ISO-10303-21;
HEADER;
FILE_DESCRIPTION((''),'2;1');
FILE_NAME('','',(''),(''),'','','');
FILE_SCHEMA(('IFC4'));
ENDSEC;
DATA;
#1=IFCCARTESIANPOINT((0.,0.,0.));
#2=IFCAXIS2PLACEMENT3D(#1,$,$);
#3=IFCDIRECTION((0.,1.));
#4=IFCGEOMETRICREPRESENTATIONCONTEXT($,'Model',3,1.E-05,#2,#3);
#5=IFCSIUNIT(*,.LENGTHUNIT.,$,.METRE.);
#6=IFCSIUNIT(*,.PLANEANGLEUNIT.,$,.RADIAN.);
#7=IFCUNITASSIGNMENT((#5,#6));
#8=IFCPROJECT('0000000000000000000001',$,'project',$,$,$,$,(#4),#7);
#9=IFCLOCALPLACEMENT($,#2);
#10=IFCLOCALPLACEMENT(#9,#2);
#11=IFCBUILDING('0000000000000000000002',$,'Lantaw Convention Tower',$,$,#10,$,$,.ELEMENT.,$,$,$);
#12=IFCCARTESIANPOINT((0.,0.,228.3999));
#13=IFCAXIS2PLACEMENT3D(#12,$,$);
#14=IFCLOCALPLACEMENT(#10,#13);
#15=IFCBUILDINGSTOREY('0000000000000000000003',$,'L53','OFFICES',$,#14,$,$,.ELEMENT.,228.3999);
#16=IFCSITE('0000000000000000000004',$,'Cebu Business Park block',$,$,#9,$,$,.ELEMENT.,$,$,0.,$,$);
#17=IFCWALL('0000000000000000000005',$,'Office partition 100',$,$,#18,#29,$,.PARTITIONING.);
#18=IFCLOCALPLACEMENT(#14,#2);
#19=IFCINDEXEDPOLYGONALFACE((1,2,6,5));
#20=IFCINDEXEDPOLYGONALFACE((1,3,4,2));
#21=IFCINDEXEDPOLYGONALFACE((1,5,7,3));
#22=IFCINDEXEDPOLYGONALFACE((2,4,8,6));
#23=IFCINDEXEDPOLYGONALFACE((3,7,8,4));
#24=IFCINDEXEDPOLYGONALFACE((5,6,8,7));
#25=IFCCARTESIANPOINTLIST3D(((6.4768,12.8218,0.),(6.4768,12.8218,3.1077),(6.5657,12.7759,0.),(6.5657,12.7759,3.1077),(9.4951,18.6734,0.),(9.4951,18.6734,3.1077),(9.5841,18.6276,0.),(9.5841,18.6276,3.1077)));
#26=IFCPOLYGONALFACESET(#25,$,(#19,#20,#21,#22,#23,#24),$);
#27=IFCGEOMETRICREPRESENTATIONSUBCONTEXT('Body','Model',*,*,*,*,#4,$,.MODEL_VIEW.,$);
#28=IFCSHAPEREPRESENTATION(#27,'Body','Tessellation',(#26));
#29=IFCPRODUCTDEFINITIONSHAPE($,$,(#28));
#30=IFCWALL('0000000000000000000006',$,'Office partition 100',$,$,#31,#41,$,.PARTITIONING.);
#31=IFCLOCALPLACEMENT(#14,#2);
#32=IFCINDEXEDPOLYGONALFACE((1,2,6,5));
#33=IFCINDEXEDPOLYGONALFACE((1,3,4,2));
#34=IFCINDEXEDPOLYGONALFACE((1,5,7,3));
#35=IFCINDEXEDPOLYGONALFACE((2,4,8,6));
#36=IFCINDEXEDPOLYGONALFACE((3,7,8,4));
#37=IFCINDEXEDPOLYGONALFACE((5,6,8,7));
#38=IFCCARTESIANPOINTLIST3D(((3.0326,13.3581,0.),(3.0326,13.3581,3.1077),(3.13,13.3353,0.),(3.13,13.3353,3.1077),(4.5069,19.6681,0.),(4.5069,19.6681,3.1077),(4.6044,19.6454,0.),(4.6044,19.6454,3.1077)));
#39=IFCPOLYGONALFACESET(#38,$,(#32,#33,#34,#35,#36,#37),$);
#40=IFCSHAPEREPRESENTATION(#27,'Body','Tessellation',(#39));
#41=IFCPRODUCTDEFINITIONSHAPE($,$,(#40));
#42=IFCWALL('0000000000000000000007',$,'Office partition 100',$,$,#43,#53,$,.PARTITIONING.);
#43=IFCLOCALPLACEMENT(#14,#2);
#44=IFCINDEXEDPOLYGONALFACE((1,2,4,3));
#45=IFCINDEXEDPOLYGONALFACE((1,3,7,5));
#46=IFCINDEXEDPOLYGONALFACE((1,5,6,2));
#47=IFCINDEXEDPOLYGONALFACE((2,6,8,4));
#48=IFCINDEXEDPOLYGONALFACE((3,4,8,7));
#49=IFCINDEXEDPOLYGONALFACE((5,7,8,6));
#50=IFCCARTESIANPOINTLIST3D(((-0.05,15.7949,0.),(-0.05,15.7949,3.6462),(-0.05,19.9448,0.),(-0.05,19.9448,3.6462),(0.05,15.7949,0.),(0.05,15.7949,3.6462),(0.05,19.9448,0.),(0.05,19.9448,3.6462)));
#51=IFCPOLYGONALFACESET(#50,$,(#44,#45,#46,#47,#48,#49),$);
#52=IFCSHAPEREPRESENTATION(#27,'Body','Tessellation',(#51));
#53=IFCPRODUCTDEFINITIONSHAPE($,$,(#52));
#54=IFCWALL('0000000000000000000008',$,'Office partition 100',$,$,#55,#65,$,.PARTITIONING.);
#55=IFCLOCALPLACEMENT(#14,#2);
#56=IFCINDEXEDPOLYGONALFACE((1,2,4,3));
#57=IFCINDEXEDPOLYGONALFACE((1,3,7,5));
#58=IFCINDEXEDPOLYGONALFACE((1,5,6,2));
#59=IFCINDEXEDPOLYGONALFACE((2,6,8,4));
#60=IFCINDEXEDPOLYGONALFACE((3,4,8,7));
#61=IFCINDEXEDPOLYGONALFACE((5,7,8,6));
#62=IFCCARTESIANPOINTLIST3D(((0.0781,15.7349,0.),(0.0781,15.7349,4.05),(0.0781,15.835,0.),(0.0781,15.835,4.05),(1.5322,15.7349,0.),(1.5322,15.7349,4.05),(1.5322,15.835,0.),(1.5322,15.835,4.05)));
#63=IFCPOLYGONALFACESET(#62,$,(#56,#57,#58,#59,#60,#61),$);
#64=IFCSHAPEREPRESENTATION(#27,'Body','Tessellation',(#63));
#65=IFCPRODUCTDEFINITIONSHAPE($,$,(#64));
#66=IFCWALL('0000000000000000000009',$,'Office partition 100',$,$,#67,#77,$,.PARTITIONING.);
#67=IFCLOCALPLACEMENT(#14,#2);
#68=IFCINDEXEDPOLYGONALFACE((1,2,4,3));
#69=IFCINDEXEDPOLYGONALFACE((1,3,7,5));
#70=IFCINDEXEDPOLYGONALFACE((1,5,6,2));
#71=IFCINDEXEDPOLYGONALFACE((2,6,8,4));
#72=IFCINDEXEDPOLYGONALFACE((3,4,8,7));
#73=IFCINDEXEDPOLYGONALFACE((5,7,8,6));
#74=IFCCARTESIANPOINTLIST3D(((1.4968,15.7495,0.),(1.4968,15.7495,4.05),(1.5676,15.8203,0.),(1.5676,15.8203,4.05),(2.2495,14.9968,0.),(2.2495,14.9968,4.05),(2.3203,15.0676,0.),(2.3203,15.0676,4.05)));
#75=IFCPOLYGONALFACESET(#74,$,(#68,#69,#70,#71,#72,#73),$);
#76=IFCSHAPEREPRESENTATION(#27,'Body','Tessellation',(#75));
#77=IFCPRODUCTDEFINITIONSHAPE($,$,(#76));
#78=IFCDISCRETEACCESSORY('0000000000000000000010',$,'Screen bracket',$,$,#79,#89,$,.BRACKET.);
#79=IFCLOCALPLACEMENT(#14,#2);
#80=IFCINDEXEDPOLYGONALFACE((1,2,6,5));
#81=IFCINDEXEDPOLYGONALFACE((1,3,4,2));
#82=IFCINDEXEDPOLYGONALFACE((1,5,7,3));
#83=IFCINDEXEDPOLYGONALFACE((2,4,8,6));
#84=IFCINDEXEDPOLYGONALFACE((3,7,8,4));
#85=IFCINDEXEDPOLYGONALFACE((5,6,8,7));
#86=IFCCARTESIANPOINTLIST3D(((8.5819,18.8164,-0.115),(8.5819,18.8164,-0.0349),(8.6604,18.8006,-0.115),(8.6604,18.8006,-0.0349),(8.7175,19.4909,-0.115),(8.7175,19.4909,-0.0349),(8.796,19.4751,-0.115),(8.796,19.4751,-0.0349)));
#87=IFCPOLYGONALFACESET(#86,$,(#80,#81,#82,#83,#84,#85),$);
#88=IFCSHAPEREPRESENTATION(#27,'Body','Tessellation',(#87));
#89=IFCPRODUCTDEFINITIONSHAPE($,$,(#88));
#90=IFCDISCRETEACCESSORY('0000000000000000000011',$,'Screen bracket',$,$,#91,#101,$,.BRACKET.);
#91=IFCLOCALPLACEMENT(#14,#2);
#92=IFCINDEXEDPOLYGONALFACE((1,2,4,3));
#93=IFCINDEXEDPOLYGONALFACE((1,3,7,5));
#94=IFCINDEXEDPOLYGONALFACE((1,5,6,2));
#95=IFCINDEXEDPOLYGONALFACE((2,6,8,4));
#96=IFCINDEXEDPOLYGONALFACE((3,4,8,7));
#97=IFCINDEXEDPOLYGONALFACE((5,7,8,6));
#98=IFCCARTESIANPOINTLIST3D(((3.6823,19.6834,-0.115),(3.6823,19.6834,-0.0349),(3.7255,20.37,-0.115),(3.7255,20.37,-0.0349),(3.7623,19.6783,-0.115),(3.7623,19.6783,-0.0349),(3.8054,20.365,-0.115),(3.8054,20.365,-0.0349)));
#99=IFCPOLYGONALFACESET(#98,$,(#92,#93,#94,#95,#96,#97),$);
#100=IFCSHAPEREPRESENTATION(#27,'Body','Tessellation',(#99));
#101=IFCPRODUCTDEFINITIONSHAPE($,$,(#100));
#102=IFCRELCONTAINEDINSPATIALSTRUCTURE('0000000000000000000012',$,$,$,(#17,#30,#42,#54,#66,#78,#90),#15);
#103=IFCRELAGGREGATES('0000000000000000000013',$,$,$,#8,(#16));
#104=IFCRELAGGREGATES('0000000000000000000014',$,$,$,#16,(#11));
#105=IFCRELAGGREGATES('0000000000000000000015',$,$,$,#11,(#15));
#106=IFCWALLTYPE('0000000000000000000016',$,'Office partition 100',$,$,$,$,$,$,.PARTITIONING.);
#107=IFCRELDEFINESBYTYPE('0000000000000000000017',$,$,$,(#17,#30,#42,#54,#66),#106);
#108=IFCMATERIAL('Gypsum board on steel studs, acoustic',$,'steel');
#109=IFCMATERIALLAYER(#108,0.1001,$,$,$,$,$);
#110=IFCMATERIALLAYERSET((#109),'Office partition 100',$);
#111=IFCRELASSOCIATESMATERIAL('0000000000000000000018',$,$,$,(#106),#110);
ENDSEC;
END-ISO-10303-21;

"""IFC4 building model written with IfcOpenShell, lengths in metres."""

from ifc_helpers import new_model, si_unit, direction, frame, frame_2d, origin, origin_2d, place, context, subcontext, project, spatial, rectangle, extrude, material, layer, layer_set, type_object, element, save


model = new_model("IFC4")

# Units and contexts
model_context = context("Model", 3, precision=1e-05, world=origin(), true_north=direction((0.0, 1.0)))
body_context = subcontext(model_context, "Body", "Model", "MODEL_VIEW")
ifc_project = project(units=[si_unit("LENGTHUNIT", "METRE"), si_unit("PLANEANGLEUNIT", "RADIAN")], contexts=[model_context])

# Site, building, storey
site_placement = place(None, origin())
site = spatial("IfcSite", under=ifc_project, at=site_placement, Name="Cebu Business Park block", CompositionType="ELEMENT", RefElevation=0.0)
building_placement = place(site_placement, origin())
building = spatial("IfcBuilding", under=site, at=building_placement, Name="Lantaw Convention Tower", CompositionType="ELEMENT")
storey_placement = place(building_placement, frame((0.0, 0.0, 228.3999)))
storey = spatial("IfcBuildingStorey", under=building, at=storey_placement, Name="L53", Description="OFFICES", CompositionType="ELEMENT", Elevation=228.3999)

# Walls
ifc_material_1 = material(Name="Gypsum board on steel studs, acoustic", Category="steel")
ifc_layer_1 = layer(ifc_material_1, 0.1001)
ifc_layer_set_1 = layer_set([ifc_layer_1], Name="Office partition 100")
wall_type_1 = type_object("IfcWallType", Name="Office partition 100", PredefinedType="PARTITIONING", material=ifc_layer_set_1)
wall_1_placement = place(storey_placement, frame((9.5396, 18.6504, 0.0), z_axis=(0.0, 0.0, 1.0), x_axis=(-0.458421, -0.888735, 0.0)))
element("IfcWall", 1, at=wall_1_placement, inside=storey, type_object=wall_type_1, Name="Office partition 100", PredefinedType="PARTITIONING", context=body_context, shape_type="SweptSolid", body=[
    extrude(rectangle(XDim=6.5842, YDim=0.1001, at=frame_2d((3.292, 0.0))), origin(), (0.0, 0.0, 1.0), 3.1077),
])
wall_2_placement = place(storey_placement, frame((4.5557, 19.6567, 0.0), z_axis=(0.0, 0.0, 1.0), x_axis=(-0.227525, -0.973772, 0.0)))
element("IfcWall", 2, at=wall_2_placement, inside=storey, type_object=wall_type_1, Name="Office partition 100", PredefinedType="PARTITIONING", context=body_context, shape_type="SweptSolid", body=[
    extrude(rectangle(XDim=6.48, YDim=0.1001, at=frame_2d((3.24, 0.0))), origin(), (0.0, 0.0, 1.0), 3.1077),
])
wall_3_placement = place(storey_placement, frame((0.0, 19.9448, 0.0), z_axis=(0.0, 0.0, 1.0), x_axis=(0.0, -1.0, 0.0)))
element("IfcWall", 3, at=wall_3_placement, inside=storey, type_object=wall_type_1, Name="Office partition 100", PredefinedType="PARTITIONING", context=body_context, shape_type="SweptSolid", body=[
    extrude(rectangle(XDim=4.1499, YDim=0.1001, at=frame_2d((2.075, 0.0))), origin(), (0.0, 0.0, 1.0), 3.6462),
])
wall_4_placement = place(storey_placement, frame((0.0781, 15.7849, 0.0), z_axis=(0.0, 0.0, 1.0), x_axis=(1.0, 0.0, 0.0)))
element("IfcWall", 4, at=wall_4_placement, inside=storey, type_object=wall_type_1, Name="Office partition 100", PredefinedType="PARTITIONING", context=body_context, shape_type="SweptSolid", body=[
    extrude(rectangle(XDim=1.4541, YDim=0.1001, at=frame_2d((0.7271, 0.0))), origin(), (0.0, 0.0, 1.0), 4.05),
])
wall_5_placement = place(storey_placement, frame((1.5322, 15.7849, 0.0), z_axis=(0.0, 0.0, 1.0), x_axis=(0.707107, -0.707107, 0.0)))
element("IfcWall", 5, at=wall_5_placement, inside=storey, type_object=wall_type_1, Name="Office partition 100", PredefinedType="PARTITIONING", context=body_context, shape_type="SweptSolid", body=[
    extrude(rectangle(XDim=1.0645, YDim=0.1001, at=frame_2d((0.5322, 0.0))), origin(), (0.0, 0.0, 1.0), 4.05),
])

# Discrete accessories
for number, where, z_axis, x_axis, name in (
    (6, (8.689, 19.1458, -0.115), (0.0, 0.0, 1.0), (-0.980367, 0.197183, 0.0), "Screen bracket"),
    (7, (3.7439, 20.0242, -0.115), (0.0, 0.0, 1.0), (-0.998029, 0.062758, 0.0), "Screen bracket"),
):
    element("IfcDiscreteAccessory", number, at=place(storey_placement, frame(where, z_axis=z_axis, x_axis=x_axis)), inside=storey, Name=name, PredefinedType="BRACKET", context=body_context, shape_type="SweptSolid", body=[
        extrude(rectangle(XDim=0.0801, YDim=0.688, at=origin_2d()), origin(), (0.0, 0.0, 1.0), 0.0801),
    ])

save(model, "model.ifc")
